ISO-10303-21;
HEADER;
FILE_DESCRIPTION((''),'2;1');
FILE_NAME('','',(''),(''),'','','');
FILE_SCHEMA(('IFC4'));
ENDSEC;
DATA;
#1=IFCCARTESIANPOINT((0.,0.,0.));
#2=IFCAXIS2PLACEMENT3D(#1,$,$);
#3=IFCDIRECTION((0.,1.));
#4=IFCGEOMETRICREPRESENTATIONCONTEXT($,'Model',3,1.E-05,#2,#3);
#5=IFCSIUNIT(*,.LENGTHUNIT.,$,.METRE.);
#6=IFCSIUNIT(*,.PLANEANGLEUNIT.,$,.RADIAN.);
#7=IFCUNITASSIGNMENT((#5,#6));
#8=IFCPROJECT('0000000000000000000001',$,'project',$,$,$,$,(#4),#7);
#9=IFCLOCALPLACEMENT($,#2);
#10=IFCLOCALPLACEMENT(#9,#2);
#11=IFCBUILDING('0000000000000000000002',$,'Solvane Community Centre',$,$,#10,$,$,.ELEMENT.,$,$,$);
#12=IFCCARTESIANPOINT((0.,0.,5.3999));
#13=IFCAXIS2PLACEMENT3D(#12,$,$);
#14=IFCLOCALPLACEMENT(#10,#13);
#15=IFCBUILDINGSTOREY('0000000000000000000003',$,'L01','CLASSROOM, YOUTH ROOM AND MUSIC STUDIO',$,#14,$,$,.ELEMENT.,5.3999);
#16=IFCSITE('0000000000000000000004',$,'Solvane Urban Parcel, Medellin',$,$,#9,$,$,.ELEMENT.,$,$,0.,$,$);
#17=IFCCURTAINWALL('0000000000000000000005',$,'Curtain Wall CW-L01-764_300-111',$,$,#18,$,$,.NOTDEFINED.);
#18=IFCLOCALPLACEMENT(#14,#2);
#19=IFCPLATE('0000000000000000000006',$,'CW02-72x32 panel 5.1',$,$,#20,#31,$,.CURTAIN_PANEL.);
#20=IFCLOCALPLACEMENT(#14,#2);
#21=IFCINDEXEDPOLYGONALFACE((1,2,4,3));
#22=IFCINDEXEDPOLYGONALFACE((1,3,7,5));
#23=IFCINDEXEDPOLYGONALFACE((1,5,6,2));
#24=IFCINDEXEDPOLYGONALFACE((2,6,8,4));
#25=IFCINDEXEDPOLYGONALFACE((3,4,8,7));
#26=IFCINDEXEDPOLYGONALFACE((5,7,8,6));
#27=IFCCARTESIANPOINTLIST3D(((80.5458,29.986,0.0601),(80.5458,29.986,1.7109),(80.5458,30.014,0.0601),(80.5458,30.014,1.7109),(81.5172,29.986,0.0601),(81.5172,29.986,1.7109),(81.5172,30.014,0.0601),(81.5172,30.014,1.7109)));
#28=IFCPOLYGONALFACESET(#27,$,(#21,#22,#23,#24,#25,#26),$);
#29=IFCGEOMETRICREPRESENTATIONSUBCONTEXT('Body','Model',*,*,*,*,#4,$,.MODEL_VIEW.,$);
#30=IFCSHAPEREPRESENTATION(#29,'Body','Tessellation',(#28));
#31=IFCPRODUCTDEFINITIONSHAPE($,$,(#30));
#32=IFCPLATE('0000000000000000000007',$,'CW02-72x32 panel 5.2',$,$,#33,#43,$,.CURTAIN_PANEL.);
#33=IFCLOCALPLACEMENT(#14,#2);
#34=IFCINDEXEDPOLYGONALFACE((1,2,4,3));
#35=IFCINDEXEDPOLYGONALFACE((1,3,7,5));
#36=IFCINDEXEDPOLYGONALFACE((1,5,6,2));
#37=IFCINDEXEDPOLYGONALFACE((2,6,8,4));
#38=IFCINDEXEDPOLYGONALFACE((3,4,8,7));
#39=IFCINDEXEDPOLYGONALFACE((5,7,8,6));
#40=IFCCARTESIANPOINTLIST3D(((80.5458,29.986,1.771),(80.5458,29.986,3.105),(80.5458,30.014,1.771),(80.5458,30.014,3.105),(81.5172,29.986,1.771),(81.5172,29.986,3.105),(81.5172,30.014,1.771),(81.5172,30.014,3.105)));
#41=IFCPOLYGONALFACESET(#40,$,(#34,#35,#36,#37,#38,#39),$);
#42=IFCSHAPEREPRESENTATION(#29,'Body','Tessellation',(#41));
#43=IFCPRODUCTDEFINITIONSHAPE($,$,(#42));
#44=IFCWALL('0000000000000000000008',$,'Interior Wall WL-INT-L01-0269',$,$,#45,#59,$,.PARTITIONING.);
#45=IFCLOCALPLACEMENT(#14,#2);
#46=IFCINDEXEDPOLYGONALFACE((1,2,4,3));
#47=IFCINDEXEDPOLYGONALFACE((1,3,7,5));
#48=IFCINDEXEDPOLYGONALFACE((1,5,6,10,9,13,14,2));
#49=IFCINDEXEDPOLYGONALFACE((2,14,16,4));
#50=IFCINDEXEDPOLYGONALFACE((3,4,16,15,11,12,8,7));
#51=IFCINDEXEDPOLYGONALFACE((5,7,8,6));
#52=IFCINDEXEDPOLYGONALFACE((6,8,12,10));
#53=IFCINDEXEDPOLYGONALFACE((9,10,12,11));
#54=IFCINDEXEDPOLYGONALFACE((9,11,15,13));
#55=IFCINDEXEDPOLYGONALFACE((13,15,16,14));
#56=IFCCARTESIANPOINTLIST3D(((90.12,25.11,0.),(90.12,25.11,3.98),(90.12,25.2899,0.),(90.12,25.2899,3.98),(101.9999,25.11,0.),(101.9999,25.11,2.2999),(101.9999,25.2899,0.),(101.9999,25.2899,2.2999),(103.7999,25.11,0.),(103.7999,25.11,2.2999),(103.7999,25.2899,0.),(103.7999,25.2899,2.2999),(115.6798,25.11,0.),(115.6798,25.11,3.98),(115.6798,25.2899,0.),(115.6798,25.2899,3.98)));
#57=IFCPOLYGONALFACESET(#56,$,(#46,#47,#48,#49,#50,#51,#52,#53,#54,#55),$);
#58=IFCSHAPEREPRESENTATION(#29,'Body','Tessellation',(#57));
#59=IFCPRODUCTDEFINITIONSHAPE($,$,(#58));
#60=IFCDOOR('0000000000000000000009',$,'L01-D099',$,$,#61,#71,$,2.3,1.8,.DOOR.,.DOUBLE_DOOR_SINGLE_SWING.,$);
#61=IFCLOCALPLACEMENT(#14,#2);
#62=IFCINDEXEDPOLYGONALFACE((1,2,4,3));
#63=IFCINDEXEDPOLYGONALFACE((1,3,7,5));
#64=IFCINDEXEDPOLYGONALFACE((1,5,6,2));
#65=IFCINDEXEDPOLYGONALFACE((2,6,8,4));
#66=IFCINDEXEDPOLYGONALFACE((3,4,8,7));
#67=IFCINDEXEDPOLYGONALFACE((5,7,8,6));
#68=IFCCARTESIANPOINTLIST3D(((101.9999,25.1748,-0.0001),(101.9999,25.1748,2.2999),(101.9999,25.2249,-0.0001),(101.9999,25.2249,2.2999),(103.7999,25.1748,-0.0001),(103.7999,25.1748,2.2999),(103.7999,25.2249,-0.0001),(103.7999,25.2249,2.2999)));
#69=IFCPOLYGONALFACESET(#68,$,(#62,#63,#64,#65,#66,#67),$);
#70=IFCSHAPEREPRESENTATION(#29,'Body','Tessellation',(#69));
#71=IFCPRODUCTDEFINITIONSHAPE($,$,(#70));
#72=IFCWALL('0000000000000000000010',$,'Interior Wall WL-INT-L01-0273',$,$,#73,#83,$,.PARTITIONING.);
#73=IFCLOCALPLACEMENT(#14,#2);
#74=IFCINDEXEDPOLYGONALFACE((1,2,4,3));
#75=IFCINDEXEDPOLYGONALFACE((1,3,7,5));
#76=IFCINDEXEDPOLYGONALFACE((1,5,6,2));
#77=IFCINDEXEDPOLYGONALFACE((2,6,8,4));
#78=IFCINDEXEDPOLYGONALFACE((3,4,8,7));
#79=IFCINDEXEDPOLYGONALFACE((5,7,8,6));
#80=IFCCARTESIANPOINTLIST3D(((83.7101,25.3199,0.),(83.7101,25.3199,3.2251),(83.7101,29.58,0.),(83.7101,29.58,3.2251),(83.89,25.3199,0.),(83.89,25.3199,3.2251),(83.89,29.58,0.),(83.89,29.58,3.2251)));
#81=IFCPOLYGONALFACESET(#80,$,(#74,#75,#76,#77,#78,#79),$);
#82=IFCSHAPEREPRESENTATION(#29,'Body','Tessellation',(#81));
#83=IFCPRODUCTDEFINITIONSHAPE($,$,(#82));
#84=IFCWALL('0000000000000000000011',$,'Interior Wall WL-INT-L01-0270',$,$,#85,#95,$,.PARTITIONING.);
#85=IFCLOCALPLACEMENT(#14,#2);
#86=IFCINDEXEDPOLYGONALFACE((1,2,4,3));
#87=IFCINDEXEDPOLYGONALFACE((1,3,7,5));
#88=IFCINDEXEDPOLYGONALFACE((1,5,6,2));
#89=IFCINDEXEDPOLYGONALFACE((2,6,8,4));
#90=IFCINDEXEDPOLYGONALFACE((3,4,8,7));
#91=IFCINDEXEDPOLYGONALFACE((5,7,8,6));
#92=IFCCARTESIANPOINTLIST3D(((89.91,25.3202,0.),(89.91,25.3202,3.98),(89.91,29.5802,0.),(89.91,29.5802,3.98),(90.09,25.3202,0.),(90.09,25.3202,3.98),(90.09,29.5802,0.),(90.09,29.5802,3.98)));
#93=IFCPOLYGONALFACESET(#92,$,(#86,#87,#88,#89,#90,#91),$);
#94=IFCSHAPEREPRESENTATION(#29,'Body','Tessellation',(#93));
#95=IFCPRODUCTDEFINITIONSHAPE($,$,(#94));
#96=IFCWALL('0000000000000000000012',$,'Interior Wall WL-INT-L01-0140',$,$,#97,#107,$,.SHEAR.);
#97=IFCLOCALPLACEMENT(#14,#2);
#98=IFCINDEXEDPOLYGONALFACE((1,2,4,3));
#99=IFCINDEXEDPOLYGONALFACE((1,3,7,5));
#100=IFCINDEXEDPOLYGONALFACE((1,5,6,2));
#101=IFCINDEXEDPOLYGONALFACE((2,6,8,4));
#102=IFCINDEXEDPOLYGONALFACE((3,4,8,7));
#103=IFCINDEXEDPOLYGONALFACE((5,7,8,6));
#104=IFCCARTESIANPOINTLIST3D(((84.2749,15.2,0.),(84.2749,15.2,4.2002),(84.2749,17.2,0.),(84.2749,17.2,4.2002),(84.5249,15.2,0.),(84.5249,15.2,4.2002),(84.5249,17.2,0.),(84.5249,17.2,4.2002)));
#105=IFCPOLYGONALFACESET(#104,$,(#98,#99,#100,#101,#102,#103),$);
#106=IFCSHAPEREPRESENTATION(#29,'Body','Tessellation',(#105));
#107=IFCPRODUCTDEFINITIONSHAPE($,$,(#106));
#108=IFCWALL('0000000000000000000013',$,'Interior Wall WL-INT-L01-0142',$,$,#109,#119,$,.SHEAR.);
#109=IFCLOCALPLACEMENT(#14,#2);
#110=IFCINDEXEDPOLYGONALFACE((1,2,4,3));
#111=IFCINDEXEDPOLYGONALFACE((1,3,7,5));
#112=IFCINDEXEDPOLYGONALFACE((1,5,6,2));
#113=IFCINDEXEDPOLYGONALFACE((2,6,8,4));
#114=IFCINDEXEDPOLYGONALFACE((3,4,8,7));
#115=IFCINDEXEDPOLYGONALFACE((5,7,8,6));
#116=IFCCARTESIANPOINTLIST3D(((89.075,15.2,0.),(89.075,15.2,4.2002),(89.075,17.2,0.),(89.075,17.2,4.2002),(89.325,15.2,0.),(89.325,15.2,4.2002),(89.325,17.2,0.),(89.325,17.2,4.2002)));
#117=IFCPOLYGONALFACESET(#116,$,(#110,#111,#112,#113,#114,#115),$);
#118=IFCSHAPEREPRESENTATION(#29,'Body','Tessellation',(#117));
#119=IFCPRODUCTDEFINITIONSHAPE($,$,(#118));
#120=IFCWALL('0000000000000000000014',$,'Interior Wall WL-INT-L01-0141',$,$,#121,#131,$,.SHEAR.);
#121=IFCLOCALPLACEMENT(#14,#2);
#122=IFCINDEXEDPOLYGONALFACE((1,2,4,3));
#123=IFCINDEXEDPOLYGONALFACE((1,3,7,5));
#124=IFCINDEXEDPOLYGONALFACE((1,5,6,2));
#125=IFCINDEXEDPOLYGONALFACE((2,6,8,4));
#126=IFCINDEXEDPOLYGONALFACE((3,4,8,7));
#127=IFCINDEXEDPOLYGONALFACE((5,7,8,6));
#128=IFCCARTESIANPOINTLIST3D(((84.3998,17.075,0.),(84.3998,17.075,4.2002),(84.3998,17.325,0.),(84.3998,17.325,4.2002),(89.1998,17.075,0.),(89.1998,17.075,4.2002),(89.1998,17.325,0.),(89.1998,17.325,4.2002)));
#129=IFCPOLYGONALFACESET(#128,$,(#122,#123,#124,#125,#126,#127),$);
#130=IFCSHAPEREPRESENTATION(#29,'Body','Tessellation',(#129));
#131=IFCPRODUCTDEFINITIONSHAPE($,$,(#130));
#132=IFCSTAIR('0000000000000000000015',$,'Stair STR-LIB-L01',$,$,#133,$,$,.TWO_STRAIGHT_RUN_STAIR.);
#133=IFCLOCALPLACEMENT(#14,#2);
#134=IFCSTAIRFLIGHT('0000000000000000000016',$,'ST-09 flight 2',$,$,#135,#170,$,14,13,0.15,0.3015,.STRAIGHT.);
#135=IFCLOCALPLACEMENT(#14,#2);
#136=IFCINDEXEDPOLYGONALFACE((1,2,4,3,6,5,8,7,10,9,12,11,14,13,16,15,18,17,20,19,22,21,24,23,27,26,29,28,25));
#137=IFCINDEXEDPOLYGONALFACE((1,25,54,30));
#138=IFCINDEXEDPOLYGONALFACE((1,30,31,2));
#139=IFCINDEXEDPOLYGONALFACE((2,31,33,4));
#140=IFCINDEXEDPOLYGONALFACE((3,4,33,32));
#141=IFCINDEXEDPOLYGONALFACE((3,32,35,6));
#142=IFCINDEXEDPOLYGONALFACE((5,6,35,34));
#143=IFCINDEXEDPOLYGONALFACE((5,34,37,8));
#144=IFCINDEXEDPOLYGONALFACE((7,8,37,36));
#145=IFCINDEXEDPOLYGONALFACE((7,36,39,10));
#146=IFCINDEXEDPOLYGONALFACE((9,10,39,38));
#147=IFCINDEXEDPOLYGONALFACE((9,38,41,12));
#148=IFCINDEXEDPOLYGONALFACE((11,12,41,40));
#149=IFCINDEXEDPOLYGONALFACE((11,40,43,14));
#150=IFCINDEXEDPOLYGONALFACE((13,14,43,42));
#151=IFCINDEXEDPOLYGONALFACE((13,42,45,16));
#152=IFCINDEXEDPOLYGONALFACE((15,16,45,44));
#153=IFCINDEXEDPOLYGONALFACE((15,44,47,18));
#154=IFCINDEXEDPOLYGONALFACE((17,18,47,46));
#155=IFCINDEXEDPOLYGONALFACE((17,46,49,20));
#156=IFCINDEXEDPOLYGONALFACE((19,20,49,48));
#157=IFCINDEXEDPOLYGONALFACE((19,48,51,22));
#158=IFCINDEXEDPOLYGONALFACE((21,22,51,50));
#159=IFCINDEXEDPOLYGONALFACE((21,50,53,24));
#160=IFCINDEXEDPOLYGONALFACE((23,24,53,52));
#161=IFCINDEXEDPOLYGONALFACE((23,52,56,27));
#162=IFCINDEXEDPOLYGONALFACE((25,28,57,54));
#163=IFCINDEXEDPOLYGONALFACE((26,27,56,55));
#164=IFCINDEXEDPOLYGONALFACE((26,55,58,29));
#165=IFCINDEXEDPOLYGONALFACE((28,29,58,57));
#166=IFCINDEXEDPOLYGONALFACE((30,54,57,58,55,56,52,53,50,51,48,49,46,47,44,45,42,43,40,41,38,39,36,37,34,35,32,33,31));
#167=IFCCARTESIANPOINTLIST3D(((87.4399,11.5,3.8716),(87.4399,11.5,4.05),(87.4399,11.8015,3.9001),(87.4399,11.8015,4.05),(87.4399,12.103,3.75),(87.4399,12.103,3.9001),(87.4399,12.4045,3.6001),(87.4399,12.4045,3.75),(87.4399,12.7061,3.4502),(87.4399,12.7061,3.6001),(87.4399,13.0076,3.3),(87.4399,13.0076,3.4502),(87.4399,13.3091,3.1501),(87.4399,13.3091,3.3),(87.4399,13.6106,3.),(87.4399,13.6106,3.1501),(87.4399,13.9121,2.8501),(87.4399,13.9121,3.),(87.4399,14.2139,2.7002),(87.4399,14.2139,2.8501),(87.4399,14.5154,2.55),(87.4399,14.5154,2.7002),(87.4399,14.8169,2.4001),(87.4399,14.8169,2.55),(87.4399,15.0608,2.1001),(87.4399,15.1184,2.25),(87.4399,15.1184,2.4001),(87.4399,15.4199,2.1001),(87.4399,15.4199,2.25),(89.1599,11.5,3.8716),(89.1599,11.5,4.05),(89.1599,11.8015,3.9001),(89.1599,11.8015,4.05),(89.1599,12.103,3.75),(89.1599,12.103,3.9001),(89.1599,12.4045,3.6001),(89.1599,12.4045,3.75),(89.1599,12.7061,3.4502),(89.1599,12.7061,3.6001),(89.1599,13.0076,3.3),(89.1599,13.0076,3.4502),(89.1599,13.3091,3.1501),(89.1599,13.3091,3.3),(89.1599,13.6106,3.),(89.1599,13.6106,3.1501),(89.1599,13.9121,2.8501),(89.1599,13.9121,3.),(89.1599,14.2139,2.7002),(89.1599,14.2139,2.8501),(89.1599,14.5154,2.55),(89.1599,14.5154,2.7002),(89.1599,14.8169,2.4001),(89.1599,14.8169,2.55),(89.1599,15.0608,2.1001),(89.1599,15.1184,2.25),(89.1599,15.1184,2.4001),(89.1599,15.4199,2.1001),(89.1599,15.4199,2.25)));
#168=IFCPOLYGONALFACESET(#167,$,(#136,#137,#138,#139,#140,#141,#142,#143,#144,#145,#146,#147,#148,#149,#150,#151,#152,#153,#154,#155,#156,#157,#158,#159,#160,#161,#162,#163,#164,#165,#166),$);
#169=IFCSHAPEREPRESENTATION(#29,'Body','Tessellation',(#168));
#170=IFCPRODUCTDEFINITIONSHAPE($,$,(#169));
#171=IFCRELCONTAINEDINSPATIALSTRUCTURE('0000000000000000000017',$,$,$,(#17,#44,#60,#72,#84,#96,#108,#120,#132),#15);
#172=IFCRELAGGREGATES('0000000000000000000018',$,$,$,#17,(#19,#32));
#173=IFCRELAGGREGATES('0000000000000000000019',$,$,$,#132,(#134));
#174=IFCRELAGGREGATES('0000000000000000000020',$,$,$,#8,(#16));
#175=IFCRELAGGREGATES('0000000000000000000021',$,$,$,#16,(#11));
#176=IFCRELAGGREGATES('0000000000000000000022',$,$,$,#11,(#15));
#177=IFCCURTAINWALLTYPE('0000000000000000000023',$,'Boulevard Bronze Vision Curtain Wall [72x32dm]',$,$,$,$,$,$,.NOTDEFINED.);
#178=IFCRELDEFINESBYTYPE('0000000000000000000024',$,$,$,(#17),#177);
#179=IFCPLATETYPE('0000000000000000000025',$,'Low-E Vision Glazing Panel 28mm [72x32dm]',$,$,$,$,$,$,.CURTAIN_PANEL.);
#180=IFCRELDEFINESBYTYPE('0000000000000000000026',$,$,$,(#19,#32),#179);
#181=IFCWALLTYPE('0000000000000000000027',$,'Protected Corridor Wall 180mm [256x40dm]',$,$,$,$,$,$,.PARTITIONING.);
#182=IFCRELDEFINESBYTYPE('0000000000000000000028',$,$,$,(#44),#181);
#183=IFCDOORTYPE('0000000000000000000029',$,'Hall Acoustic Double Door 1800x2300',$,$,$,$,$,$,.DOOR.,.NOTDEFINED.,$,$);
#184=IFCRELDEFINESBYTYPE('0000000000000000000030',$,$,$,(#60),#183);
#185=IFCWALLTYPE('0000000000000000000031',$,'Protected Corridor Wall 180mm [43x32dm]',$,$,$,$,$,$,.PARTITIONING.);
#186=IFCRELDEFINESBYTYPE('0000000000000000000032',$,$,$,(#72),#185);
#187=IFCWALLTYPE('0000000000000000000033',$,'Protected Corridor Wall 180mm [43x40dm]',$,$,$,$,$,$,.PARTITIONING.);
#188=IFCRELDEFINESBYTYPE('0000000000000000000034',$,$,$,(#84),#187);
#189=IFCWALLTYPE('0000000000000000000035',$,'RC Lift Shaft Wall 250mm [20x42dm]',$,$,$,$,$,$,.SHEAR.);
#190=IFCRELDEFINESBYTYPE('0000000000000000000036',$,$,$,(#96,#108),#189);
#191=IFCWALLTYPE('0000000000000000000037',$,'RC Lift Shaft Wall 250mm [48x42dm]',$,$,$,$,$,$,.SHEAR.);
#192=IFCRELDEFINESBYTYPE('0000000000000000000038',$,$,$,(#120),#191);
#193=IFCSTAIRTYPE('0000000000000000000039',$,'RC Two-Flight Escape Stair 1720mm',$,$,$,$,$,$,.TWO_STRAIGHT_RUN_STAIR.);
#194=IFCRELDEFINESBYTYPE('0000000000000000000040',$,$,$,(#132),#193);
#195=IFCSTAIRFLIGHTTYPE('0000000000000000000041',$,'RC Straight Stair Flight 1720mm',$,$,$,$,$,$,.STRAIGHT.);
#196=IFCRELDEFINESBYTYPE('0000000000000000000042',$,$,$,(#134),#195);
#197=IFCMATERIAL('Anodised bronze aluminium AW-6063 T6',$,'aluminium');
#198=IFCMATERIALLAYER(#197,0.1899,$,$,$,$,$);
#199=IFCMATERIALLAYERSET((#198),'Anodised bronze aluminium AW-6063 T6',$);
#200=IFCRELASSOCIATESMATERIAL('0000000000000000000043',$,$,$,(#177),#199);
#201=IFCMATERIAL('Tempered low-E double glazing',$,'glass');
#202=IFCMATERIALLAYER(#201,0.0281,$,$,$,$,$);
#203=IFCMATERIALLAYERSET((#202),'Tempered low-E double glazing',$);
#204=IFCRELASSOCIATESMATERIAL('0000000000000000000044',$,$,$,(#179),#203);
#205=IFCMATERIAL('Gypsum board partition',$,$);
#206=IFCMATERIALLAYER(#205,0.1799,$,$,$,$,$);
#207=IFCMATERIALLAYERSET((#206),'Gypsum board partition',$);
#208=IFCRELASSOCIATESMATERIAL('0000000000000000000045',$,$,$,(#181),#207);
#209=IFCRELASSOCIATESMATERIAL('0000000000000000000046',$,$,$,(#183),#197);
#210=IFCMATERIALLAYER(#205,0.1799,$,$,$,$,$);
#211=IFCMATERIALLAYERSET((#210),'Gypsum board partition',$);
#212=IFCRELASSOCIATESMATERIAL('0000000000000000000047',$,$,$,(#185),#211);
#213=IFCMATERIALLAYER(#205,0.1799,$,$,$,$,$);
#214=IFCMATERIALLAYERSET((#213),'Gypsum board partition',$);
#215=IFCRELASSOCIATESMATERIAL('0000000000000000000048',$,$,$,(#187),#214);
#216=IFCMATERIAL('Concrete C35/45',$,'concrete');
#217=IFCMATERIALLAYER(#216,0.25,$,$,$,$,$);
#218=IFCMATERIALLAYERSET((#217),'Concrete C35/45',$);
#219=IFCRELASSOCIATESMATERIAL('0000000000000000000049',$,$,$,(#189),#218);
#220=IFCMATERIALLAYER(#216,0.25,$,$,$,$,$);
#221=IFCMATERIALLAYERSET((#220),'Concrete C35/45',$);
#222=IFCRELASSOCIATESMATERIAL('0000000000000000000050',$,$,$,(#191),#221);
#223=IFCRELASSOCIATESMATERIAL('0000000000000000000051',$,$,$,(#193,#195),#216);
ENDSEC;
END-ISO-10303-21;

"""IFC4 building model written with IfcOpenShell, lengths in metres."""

from ifc_helpers import new_model, si_unit, direction, frame, frame_2d, origin, origin_2d, place, context, subcontext, project, spatial, polyline, rectangle, outline, extrude, material, layer, layer_set, type_object, element, fill, aggregate, save


model = new_model("IFC4")

# Units and contexts
model_context = context("Model", 3, precision=1e-05, world=origin(), true_north=direction((0.0, 1.0)))
body_context = subcontext(model_context, "Body", "Model", "MODEL_VIEW")
ifc_project = project(units=[si_unit("LENGTHUNIT", "METRE"), si_unit("PLANEANGLEUNIT", "RADIAN")], contexts=[model_context])

# Site, building, storey
site_placement = place(None, origin())
site = spatial("IfcSite", under=ifc_project, at=site_placement, Name="Solvane Urban Parcel, Medellin", CompositionType="ELEMENT", RefElevation=0.0)
building_placement = place(site_placement, origin())
building = spatial("IfcBuilding", under=site, at=building_placement, Name="Solvane Community Centre", CompositionType="ELEMENT")
storey_placement = place(building_placement, frame((0.0, 0.0, 5.3999)))
storey = spatial("IfcBuildingStorey", under=building, at=storey_placement, Name="L01", Description="CLASSROOM, YOUTH ROOM AND MUSIC STUDIO", CompositionType="ELEMENT", Elevation=5.3999)

# Shared definitions
ifc_material_1 = material(Name="Concrete C35/45", Category="concrete")

# Curtain wall
ifc_material_2 = material(Name="Anodised bronze aluminium AW-6063 T6", Category="aluminium")
ifc_layer_1 = layer(ifc_material_2, 0.1899)
ifc_layer_set_1 = layer_set([ifc_layer_1], Name="Anodised bronze aluminium AW-6063 T6")
curtain_wall_type = type_object("IfcCurtainWallType", Name="Boulevard Bronze Vision Curtain Wall [72x32dm]", PredefinedType="NOTDEFINED", material=ifc_layer_set_1)
curtain_wall_placement = place(storey_placement, origin())
curtain_wall = element("IfcCurtainWall", 1, at=curtain_wall_placement, inside=storey, type_object=curtain_wall_type, Name="Curtain Wall CW-L01-764_300-111", PredefinedType="NOTDEFINED")

# Plates
ifc_material_3 = material(Name="Tempered low-E double glazing", Category="glass")
ifc_layer_2 = layer(ifc_material_3, 0.0281)
ifc_layer_set_2 = layer_set([ifc_layer_2], Name="Tempered low-E double glazing")
plate_type = type_object("IfcPlateType", Name="Low-E Vision Glazing Panel 28mm [72x32dm]", PredefinedType="CURTAIN_PANEL", material=ifc_layer_set_2)
plate_1_placement = place(storey_placement, frame((81.0315, 30.0, 0.0601), z_axis=(0.0, 0.0, 1.0), x_axis=(1.0, 0.0, 0.0)))
plate_1 = element("IfcPlate", 2, at=plate_1_placement, type_object=plate_type, Name="CW02-72x32 panel 5.1", PredefinedType="CURTAIN_PANEL", context=body_context, shape_type="SweptSolid", body=[
    extrude(rectangle(XDim=0.9714, YDim=0.0281, at=origin_2d()), origin(), (0.0, 0.0, 1.0), 1.6509),
])
plate_2_placement = place(storey_placement, frame((81.0315, 30.0, 1.771), z_axis=(0.0, 0.0, 1.0), x_axis=(1.0, 0.0, 0.0)))
plate_2 = element("IfcPlate", 3, at=plate_2_placement, type_object=plate_type, Name="CW02-72x32 panel 5.2", PredefinedType="CURTAIN_PANEL", context=body_context, shape_type="SweptSolid", body=[
    extrude(rectangle(XDim=0.9714, YDim=0.0281, at=origin_2d()), origin(), (0.0, 0.0, 1.0), 1.334),
])
aggregate(curtain_wall, [plate_1, plate_2])

# Wall, opening, door
ifc_material_4 = material(Name="Gypsum board partition")
ifc_layer_3 = layer(ifc_material_4, 0.1799)
ifc_layer_set_3 = layer_set([ifc_layer_3], Name="Gypsum board partition")
wall_type_1 = type_object("IfcWallType", Name="Protected Corridor Wall 180mm [256x40dm]", PredefinedType="PARTITIONING", material=ifc_layer_set_3)
wall_1_placement = place(storey_placement, frame((90.1201, 25.2, 0.0), z_axis=(0.0, 0.0, 1.0), x_axis=(1.0, 0.0, 0.0)))
wall_1 = element("IfcWall", 4, at=wall_1_placement, inside=storey, type_object=wall_type_1, Name="Interior Wall WL-INT-L01-0269", PredefinedType="PARTITIONING", context=body_context, shape_type="SweptSolid", body=[
    extrude(rectangle(XDim=25.5598, YDim=0.1799, at=frame_2d((12.7798, 0.0))), origin(), (0.0, 0.0, 1.0), 3.98),
])
opening_placement = place(wall_1_placement, frame((11.8799, 0.0, 0.0)))
opening = element("IfcOpeningElement", 5, at=opening_placement, cuts=wall_1, PredefinedType="OPENING", context=body_context, shape_type="SweptSolid", body=[
    extrude(rectangle(XDim=1.8, YDim=2.3, at=frame_2d((0.8999, 1.1499))), frame((0.0, 0.0999, 0.0), z_axis=(0.0, -1.0, 0.0), x_axis=(1.0, 0.0, 0.0)), (0.0, 0.0, 1.0), 0.2),
])
door_type = type_object("IfcDoorType", Name="Hall Acoustic Double Door 1800x2300", OperationType="NOTDEFINED", PredefinedType="DOOR", material=ifc_material_2)
door_placement = place(opening_placement, origin())
door = element("IfcDoor", 6, at=door_placement, inside=storey, type_object=door_type, Name="L01-D099", OperationType="DOUBLE_DOOR_SINGLE_SWING", OverallHeight=2.3, OverallWidth=1.8, PredefinedType="DOOR", context=body_context, shape_type="SweptSolid", body=[
    extrude(rectangle(XDim=1.8, YDim=2.3, at=frame_2d((0.8999, 1.1499))), frame((0.0, 0.0249, 0.0), z_axis=(0.0, -1.0, 0.0), x_axis=(1.0, 0.0, 0.0)), (0.0, 0.0, 1.0), 0.05),
])
fill(opening, door)

# Walls
ifc_layer_4 = layer(ifc_material_4, 0.1799)
ifc_layer_set_4 = layer_set([ifc_layer_4], Name="Gypsum board partition")
wall_type_2 = type_object("IfcWallType", Name="Protected Corridor Wall 180mm [43x32dm]", PredefinedType="PARTITIONING", material=ifc_layer_set_4)
wall_2_placement = place(storey_placement, frame((83.8, 25.3201, 0.0), z_axis=(0.0, 0.0, 1.0), x_axis=(0.0, 1.0, 0.0)))
element("IfcWall", 7, at=wall_2_placement, inside=storey, type_object=wall_type_2, Name="Interior Wall WL-INT-L01-0273", PredefinedType="PARTITIONING", context=body_context, shape_type="SweptSolid", body=[
    extrude(rectangle(XDim=4.26, YDim=0.1799, at=frame_2d((2.1299, 0.0))), origin(), (0.0, 0.0, 1.0), 3.2251),
])
ifc_layer_5 = layer(ifc_material_4, 0.1799)
ifc_layer_set_5 = layer_set([ifc_layer_5], Name="Gypsum board partition")
wall_type_3 = type_object("IfcWallType", Name="Protected Corridor Wall 180mm [43x40dm]", PredefinedType="PARTITIONING", material=ifc_layer_set_5)
wall_3_placement = place(storey_placement, frame((90.0, 29.5801, 0.0), z_axis=(0.0, 0.0, 1.0), x_axis=(0.0, -1.0, 0.0)))
element("IfcWall", 8, at=wall_3_placement, inside=storey, type_object=wall_type_3, Name="Interior Wall WL-INT-L01-0270", PredefinedType="PARTITIONING", context=body_context, shape_type="SweptSolid", body=[
    extrude(rectangle(XDim=4.26, YDim=0.1799, at=frame_2d((2.1299, 0.0))), origin(), (0.0, 0.0, 1.0), 3.98),
])
ifc_layer_6 = layer(ifc_material_1, 0.25)
ifc_layer_set_6 = layer_set([ifc_layer_6], Name="Concrete C35/45")
wall_type_4 = type_object("IfcWallType", Name="RC Lift Shaft Wall 250mm [20x42dm]", PredefinedType="SHEAR", material=ifc_layer_set_6)
for number, where, z_axis, x_axis, name in (
    (9, (84.3999, 15.2, 0.0), (0.0, 0.0, 1.0), (0.0, 1.0, 0.0), "Interior Wall WL-INT-L01-0140"),
    (10, (89.2, 17.2, 0.0), (0.0, 0.0, 1.0), (0.0, -1.0, 0.0), "Interior Wall WL-INT-L01-0142"),
):
    element("IfcWall", number, at=place(storey_placement, frame(where, z_axis=z_axis, x_axis=x_axis)), inside=storey, type_object=wall_type_4, Name=name, PredefinedType="SHEAR", context=body_context, shape_type="SweptSolid", body=[
        extrude(rectangle(XDim=2.0, YDim=0.25, at=frame_2d((1.0, 0.0))), origin(), (0.0, 0.0, 1.0), 4.2002),
    ])
ifc_layer_7 = layer(ifc_material_1, 0.25)
ifc_layer_set_7 = layer_set([ifc_layer_7], Name="Concrete C35/45")
wall_type_5 = type_object("IfcWallType", Name="RC Lift Shaft Wall 250mm [48x42dm]", PredefinedType="SHEAR", material=ifc_layer_set_7)
wall_4_placement = place(storey_placement, frame((84.3999, 17.2, 0.0), z_axis=(0.0, 0.0, 1.0), x_axis=(1.0, 0.0, 0.0)))
element("IfcWall", 11, at=wall_4_placement, inside=storey, type_object=wall_type_5, Name="Interior Wall WL-INT-L01-0141", PredefinedType="SHEAR", context=body_context, shape_type="SweptSolid", body=[
    extrude(rectangle(XDim=4.8, YDim=0.25, at=frame_2d((2.3999, 0.0))), origin(), (0.0, 0.0, 1.0), 4.2002),
])

# Stair, stair flight
stair_type = type_object("IfcStairType", Name="RC Two-Flight Escape Stair 1720mm", PredefinedType="TWO_STRAIGHT_RUN_STAIR", material=ifc_material_1)
stair_placement = place(storey_placement, origin())
stair = element("IfcStair", 12, at=stair_placement, inside=storey, type_object=stair_type, Name="Stair STR-LIB-L01", PredefinedType="TWO_STRAIGHT_RUN_STAIR")
stair_flight_type = type_object("IfcStairFlightType", Name="RC Straight Stair Flight 1720mm", PredefinedType="STRAIGHT", material=ifc_material_1)
stair_flight_placement = place(storey_placement, frame((88.3, 15.4199, 2.1001), z_axis=(0.0, 0.0, 1.0), x_axis=(0.0, -1.0, 0.0)))
stair_flight = element("IfcStairFlight", 13, at=stair_flight_placement, type_object=stair_flight_type, Name="ST-09 flight 2", NumberOfRisers=14, NumberOfTreads=13, PredefinedType="STRAIGHT", RiserHeight=0.15, TreadLength=0.3015, context=body_context, shape_type="SweptSolid", body=[
    extrude(outline(polyline([(0.0, 0.0), (0.0, 0.1499), (0.3015, 0.1499), (0.3015, 0.3), (0.603, 0.3), (0.603, 0.45), (0.9045, 0.45), (0.9045, 0.6001), (1.2061, 0.6001), (1.2061, 0.75), (1.5078, 0.75), (1.5078, 0.8999), (1.8093, 0.8999), (1.8093, 1.05), (2.1108, 1.05), (2.1108, 1.2), (2.4124, 1.2), (2.4124, 1.3501), (2.7139, 1.3501), (2.7139, 1.5), (3.0154, 1.5), (3.0154, 1.6499), (3.3169, 1.6499), (3.3169, 1.8), (3.6184, 1.8), (3.6184, 1.95), (3.9199, 1.95), (3.9199, 2.1001), (3.9199, 1.7715), (0.3591, 0.0), (0.0, 0.0)])), frame((0.0, 0.8599, 0.0), z_axis=(0.0, -1.0, 0.0), x_axis=(1.0, 0.0, 0.0)), (0.0, 0.0, 1.0), 1.72),
])
aggregate(stair, [stair_flight])

save(model, "model.ifc")
